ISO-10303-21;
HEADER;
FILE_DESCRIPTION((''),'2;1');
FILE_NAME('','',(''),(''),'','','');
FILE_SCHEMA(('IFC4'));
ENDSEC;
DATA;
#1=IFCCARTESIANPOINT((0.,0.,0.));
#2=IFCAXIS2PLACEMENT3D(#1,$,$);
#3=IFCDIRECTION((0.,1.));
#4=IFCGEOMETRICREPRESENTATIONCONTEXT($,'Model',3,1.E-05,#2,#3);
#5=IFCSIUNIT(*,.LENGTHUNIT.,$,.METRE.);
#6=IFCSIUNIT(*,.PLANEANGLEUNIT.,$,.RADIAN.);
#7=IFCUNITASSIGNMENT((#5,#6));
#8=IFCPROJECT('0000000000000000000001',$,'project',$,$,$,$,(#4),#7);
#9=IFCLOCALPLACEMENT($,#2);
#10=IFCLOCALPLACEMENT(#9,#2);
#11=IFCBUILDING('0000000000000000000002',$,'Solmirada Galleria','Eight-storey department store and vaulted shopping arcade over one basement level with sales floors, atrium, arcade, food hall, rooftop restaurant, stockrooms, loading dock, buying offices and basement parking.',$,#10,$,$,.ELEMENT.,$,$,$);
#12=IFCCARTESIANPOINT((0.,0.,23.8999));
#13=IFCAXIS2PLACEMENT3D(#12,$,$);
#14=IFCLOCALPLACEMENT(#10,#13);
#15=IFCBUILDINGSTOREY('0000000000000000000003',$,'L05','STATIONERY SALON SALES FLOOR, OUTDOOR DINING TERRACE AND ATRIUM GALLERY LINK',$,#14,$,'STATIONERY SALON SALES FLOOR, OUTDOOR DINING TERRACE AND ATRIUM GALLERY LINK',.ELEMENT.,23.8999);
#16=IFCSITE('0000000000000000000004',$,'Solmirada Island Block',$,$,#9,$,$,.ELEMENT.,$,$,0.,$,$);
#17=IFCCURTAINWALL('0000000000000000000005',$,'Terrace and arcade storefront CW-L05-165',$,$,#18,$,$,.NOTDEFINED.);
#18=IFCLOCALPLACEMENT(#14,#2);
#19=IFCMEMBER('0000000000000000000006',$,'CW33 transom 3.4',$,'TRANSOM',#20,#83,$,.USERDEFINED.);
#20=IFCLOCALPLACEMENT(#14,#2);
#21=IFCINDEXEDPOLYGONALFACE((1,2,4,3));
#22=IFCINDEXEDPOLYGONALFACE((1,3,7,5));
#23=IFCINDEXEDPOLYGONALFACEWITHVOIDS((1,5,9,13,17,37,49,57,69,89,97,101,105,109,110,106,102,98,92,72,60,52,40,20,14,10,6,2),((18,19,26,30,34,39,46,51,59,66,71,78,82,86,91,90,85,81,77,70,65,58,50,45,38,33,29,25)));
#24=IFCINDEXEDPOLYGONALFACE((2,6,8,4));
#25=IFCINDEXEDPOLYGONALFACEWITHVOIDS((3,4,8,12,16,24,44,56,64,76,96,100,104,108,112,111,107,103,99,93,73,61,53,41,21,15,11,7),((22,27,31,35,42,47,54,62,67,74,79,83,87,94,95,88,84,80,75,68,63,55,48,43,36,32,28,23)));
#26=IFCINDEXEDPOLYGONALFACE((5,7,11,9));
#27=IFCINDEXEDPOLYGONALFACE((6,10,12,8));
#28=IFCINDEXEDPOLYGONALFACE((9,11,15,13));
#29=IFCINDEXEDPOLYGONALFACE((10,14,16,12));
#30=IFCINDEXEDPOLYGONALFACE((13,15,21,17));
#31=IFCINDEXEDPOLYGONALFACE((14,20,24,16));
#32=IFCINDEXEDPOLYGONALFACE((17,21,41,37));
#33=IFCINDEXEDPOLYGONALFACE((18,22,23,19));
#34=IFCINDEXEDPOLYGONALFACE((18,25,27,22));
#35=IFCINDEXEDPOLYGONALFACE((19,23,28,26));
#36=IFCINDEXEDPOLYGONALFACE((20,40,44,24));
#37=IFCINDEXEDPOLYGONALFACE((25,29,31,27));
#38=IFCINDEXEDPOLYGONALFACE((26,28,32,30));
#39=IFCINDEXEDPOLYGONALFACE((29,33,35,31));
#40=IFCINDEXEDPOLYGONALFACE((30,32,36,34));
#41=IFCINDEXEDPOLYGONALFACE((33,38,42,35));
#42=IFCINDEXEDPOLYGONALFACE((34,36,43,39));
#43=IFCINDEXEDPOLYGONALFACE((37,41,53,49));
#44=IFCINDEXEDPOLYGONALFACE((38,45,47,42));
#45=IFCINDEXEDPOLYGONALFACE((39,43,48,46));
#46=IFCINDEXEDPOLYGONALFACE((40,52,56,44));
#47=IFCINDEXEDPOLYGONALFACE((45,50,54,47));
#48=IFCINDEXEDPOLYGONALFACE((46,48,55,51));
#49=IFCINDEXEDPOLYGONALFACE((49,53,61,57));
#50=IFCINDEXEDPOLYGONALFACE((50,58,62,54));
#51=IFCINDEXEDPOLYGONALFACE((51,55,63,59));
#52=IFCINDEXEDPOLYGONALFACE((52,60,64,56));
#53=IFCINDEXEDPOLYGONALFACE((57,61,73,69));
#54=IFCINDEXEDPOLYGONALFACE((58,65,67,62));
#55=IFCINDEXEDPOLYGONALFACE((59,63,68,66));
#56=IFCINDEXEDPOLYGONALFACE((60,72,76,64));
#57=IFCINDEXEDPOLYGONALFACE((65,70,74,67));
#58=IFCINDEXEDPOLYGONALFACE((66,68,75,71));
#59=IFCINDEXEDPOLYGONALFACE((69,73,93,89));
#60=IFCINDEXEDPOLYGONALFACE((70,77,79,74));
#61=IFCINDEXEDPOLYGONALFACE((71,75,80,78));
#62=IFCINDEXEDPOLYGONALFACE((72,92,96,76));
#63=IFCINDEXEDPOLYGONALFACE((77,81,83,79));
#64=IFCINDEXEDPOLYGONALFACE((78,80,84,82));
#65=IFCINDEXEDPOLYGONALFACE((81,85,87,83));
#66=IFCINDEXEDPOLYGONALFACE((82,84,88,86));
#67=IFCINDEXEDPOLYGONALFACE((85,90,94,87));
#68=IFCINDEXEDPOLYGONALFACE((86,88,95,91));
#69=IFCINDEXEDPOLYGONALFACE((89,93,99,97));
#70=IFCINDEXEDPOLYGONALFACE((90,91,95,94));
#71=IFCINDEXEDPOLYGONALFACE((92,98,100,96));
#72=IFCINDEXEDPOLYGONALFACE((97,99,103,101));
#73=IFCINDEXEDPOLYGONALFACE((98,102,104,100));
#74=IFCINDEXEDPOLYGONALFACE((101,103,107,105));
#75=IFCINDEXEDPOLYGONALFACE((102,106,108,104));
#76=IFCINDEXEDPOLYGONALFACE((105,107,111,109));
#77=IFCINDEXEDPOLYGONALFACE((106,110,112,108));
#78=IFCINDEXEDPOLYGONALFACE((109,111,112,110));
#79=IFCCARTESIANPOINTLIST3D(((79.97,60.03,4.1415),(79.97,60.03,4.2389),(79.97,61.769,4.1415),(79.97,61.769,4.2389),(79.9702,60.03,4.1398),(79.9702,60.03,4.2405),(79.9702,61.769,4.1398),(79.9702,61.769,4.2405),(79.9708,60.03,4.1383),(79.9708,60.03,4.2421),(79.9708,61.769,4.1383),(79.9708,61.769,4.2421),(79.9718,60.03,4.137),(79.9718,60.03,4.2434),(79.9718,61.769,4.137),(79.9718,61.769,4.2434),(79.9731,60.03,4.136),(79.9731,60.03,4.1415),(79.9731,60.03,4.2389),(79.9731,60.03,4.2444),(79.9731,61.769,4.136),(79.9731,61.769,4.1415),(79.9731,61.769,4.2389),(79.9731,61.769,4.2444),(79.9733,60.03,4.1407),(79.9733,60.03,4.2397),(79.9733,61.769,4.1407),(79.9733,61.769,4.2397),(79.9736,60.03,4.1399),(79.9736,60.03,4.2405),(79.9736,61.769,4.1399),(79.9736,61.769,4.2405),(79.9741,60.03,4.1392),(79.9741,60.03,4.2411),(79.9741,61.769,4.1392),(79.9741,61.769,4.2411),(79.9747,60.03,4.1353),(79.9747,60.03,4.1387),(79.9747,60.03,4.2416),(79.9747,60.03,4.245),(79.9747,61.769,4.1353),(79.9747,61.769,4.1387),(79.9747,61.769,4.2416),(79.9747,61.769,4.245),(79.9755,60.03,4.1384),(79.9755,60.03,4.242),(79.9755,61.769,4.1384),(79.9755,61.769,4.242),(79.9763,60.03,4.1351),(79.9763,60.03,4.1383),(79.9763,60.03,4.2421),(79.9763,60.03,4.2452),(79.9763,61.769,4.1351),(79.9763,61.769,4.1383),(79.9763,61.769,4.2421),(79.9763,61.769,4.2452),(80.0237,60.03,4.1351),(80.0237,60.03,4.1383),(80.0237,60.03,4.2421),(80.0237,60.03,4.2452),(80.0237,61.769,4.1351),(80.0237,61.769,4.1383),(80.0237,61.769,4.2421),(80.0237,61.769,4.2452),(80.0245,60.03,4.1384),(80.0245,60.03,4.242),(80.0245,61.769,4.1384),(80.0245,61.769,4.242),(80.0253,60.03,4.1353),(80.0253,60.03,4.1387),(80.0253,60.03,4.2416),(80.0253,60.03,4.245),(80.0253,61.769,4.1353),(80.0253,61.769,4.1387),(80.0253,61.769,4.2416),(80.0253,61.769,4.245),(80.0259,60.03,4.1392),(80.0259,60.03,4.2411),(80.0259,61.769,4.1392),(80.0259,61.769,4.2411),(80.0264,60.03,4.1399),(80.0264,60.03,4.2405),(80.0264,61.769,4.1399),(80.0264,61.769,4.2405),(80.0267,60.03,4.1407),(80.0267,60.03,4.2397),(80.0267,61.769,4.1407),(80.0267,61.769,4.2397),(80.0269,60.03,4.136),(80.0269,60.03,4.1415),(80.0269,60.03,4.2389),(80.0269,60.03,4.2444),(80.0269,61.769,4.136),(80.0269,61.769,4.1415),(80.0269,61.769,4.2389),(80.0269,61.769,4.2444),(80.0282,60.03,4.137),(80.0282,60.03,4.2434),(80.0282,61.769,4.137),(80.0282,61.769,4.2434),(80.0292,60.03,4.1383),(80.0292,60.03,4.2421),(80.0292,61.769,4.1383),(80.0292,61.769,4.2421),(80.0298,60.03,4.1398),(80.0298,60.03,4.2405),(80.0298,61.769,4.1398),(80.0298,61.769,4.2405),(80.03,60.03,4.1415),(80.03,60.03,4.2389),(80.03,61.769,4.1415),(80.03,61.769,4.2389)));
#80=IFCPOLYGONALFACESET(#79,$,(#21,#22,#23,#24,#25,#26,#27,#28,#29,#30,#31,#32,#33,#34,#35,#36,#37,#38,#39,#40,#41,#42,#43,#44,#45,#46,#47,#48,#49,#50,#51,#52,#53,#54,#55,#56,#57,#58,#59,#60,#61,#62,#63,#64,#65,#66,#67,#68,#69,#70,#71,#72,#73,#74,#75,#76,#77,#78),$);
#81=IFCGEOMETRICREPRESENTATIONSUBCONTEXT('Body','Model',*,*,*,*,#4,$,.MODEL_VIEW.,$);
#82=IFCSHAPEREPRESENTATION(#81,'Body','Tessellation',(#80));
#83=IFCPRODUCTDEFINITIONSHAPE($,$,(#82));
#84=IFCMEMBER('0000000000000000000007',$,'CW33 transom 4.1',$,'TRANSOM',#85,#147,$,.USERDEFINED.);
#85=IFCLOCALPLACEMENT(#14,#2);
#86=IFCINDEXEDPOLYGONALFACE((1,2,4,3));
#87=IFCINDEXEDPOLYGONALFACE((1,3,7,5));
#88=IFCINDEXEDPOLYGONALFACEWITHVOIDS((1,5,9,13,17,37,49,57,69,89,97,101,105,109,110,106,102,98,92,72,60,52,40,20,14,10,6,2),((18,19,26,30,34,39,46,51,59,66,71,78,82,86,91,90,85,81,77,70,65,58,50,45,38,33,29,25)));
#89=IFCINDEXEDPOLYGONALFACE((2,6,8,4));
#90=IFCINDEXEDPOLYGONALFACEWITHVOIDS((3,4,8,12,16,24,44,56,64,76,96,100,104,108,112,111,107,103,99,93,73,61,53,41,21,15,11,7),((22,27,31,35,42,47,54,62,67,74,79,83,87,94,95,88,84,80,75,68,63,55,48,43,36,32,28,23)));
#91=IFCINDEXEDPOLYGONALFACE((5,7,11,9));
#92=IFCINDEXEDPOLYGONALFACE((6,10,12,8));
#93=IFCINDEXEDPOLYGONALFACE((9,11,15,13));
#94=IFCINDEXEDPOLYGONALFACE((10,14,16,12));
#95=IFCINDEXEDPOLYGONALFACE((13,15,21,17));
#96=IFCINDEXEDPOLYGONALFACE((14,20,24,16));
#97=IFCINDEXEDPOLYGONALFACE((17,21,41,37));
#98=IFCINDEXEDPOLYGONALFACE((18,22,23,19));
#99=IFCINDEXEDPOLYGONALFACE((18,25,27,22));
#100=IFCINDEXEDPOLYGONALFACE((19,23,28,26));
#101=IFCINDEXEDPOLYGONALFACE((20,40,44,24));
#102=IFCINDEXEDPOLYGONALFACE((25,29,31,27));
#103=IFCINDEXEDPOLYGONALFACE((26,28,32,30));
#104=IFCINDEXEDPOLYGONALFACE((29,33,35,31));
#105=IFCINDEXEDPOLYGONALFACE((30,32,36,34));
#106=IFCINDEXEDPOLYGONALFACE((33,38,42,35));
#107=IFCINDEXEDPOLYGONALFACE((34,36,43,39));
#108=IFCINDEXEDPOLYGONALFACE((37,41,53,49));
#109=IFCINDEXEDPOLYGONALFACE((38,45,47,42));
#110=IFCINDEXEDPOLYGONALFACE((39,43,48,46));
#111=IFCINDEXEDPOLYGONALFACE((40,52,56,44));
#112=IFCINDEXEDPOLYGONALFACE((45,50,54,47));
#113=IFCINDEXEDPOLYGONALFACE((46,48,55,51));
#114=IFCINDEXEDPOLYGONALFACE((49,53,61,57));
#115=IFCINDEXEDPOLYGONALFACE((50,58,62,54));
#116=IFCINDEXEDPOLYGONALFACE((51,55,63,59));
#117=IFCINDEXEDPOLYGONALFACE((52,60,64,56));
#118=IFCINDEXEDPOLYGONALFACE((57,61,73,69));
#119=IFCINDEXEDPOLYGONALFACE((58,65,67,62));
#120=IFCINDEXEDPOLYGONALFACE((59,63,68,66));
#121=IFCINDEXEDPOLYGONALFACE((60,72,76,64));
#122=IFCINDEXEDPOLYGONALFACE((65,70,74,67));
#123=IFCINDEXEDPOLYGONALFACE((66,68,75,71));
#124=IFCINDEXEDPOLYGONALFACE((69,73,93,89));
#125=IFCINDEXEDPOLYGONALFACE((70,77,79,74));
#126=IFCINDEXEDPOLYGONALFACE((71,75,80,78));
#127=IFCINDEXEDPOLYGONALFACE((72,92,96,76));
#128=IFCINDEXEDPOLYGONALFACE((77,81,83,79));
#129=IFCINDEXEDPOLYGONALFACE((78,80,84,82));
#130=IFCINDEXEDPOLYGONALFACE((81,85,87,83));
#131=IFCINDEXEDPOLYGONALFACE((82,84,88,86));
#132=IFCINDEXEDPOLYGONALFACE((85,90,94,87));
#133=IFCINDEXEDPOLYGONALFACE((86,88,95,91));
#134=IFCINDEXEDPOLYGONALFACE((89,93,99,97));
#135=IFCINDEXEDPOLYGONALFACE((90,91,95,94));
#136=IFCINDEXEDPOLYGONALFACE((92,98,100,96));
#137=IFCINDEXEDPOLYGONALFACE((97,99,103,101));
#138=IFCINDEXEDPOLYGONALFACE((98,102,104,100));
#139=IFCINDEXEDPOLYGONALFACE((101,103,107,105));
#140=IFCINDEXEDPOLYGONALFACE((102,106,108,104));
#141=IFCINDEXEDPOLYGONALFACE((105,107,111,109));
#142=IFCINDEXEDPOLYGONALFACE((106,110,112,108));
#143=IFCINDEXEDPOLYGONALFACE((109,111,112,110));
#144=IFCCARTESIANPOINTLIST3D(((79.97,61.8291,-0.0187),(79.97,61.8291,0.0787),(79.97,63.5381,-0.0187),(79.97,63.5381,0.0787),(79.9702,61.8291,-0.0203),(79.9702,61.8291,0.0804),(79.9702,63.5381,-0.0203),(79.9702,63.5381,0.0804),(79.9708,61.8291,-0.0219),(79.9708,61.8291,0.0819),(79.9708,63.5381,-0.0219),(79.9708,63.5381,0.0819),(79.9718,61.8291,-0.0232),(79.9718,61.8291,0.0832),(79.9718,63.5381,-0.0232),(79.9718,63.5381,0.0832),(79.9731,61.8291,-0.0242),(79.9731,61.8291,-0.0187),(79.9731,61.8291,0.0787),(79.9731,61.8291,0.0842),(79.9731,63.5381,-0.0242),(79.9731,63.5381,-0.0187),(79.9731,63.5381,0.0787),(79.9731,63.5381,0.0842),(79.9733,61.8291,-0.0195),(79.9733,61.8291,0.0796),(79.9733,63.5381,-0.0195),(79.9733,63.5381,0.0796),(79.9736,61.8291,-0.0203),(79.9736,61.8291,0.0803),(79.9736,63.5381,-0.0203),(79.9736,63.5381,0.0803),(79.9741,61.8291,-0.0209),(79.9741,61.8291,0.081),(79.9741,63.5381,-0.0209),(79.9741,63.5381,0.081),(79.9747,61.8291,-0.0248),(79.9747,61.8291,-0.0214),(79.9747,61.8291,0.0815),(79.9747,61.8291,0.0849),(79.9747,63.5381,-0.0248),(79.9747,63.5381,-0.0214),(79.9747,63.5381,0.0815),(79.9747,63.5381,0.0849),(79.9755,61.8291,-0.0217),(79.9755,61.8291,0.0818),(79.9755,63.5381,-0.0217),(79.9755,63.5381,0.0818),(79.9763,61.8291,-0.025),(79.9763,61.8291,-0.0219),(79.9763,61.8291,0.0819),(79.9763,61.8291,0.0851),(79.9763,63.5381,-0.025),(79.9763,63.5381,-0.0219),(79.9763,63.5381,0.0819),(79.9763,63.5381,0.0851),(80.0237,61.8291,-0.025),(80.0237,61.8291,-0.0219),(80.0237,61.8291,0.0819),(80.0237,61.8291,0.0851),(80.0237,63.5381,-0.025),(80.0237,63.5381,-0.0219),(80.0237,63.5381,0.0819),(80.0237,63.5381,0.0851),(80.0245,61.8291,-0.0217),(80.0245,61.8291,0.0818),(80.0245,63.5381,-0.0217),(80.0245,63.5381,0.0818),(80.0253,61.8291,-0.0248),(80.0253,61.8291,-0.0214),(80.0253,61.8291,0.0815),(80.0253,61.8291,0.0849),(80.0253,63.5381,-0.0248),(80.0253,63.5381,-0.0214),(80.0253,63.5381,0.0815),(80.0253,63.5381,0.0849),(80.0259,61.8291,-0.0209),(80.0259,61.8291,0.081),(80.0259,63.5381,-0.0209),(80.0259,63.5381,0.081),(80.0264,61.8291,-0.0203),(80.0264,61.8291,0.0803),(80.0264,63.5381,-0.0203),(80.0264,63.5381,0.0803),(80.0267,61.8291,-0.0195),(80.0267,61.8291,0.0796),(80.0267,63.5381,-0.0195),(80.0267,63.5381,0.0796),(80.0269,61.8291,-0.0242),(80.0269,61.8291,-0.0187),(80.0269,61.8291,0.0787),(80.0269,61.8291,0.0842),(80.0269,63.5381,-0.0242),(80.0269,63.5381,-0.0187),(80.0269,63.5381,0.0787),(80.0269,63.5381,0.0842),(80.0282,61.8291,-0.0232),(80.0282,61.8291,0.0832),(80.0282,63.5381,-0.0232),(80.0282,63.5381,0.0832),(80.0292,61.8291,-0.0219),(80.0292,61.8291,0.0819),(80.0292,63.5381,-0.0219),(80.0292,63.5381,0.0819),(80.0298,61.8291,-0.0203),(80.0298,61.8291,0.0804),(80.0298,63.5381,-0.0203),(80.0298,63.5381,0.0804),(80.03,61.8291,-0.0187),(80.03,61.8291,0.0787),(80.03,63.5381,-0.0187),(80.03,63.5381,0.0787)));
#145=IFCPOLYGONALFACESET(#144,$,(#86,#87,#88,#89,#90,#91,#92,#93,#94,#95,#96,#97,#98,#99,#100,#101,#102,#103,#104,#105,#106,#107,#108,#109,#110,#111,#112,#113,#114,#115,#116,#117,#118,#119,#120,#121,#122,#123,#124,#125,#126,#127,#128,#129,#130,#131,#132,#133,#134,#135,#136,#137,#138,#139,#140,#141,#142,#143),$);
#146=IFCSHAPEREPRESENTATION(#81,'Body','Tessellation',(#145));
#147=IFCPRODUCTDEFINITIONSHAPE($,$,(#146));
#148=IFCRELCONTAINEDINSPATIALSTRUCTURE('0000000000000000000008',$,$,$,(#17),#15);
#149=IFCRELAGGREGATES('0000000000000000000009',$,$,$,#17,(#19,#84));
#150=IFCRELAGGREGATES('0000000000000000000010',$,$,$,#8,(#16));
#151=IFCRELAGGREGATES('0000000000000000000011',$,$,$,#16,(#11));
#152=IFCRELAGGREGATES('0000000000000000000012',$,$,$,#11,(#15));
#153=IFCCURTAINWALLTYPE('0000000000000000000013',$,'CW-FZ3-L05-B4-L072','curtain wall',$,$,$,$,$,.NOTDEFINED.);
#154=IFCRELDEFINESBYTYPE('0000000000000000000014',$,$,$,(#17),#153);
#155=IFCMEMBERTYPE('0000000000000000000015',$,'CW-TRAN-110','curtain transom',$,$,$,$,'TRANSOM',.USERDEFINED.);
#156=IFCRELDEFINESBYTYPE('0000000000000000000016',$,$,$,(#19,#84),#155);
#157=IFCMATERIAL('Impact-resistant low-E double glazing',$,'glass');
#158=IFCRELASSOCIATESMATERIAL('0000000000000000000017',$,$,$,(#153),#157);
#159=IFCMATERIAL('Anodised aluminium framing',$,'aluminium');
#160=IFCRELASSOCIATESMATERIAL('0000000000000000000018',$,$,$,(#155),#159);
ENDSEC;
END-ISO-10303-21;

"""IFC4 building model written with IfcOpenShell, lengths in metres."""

from ifc_helpers import new_model, si_unit, direction, frame, origin, origin_2d, place, context, subcontext, project, spatial, hollow_rectangle, extrude, material, material_profile, profile_set, type_object, element, aggregate, save


model = new_model("IFC4")

# Units and contexts
model_context = context("Model", 3, precision=1e-05, world=origin(), true_north=direction((0.0, 1.0)))
body_context = subcontext(model_context, "Body", "Model", "MODEL_VIEW")
ifc_project = project(units=[si_unit("LENGTHUNIT", "METRE"), si_unit("PLANEANGLEUNIT", "RADIAN")], contexts=[model_context])

# Site, building, storey
site_placement = place(None, origin())
site = spatial("IfcSite", under=ifc_project, at=site_placement, Name="Solmirada Island Block", CompositionType="ELEMENT", RefElevation=0.0)
building_placement = place(site_placement, origin())
building = spatial("IfcBuilding", under=site, at=building_placement, Name="Solmirada Galleria", Description="Eight-storey department store and vaulted shopping arcade over one basement level with sales floors, atrium, arcade, food hall, rooftop restaurant, stockrooms, loading dock, buying offices and basement parking.", CompositionType="ELEMENT")
storey_placement = place(building_placement, frame((0.0, 0.0, 23.8999)))
storey = spatial("IfcBuildingStorey", under=building, at=storey_placement, Name="L05", Description="STATIONERY SALON SALES FLOOR, OUTDOOR DINING TERRACE AND ATRIUM GALLERY LINK", LongName="STATIONERY SALON SALES FLOOR, OUTDOOR DINING TERRACE AND ATRIUM GALLERY LINK", CompositionType="ELEMENT", Elevation=23.8999)

# Curtain wall, members
ifc_material_1 = material(Name="Impact-resistant low-E double glazing", Category="glass")
curtain_wall_type = type_object("IfcCurtainWallType", Name="CW-FZ3-L05-B4-L072", Description="curtain wall", PredefinedType="NOTDEFINED", material=ifc_material_1)
curtain_wall_placement = place(storey_placement, origin())
curtain_wall = element("IfcCurtainWall", 1, at=curtain_wall_placement, inside=storey, type_object=curtain_wall_type, Name="Terrace and arcade storefront CW-L05-165", PredefinedType="NOTDEFINED")
ifc_material_2 = material(Name="Anodised aluminium framing", Category="aluminium")
ifc_material_profile_1 = material_profile(ifc_material_2, hollow_rectangle(XDim=0.0601, YDim=0.1101, WallThickness=0.0032, InnerFilletRadius=0.0032, OuterFilletRadius=0.0063, at=origin_2d()), Name="ALU-TRAN-110X60")
ifc_profile_set_1 = profile_set([ifc_material_profile_1], Name="Anodised aluminium framing")
member_type_1 = type_object("IfcMemberType", Name="CW-TRAN-110", Description="curtain transom", ElementType="TRANSOM", PredefinedType="USERDEFINED", material=ifc_profile_set_1)
member_1_placement = place(storey_placement, frame((80.0, 60.03, 4.1902), z_axis=(0.0, 1.0, 0.0), x_axis=(-1.0, 0.0, 0.0)))
member_1 = element("IfcMember", 2, at=member_1_placement, type_object=member_type_1, Name="CW33 transom 3.4", ObjectType="TRANSOM", PredefinedType="USERDEFINED", context=body_context, shape_type="SweptSolid", body=[
    extrude(hollow_rectangle(XDim=0.0601, YDim=0.1101, WallThickness=0.0032, InnerFilletRadius=0.0032, OuterFilletRadius=0.0063, at=origin_2d()), origin(), (0.0, 0.0, 1.0), 1.739),
])
member_2_placement = place(storey_placement, frame((80.0, 61.8291, 0.03), z_axis=(0.0, 1.0, 0.0), x_axis=(-1.0, 0.0, 0.0)))
member_2 = element("IfcMember", 3, at=member_2_placement, type_object=member_type_1, Name="CW33 transom 4.1", ObjectType="TRANSOM", PredefinedType="USERDEFINED", context=body_context, shape_type="SweptSolid", body=[
    extrude(hollow_rectangle(XDim=0.0601, YDim=0.1101, WallThickness=0.0032, InnerFilletRadius=0.0032, OuterFilletRadius=0.0063, at=origin_2d()), origin(), (0.0, 0.0, 1.0), 1.709),
])
aggregate(curtain_wall, [member_1, member_2])

save(model, "model.ifc")
